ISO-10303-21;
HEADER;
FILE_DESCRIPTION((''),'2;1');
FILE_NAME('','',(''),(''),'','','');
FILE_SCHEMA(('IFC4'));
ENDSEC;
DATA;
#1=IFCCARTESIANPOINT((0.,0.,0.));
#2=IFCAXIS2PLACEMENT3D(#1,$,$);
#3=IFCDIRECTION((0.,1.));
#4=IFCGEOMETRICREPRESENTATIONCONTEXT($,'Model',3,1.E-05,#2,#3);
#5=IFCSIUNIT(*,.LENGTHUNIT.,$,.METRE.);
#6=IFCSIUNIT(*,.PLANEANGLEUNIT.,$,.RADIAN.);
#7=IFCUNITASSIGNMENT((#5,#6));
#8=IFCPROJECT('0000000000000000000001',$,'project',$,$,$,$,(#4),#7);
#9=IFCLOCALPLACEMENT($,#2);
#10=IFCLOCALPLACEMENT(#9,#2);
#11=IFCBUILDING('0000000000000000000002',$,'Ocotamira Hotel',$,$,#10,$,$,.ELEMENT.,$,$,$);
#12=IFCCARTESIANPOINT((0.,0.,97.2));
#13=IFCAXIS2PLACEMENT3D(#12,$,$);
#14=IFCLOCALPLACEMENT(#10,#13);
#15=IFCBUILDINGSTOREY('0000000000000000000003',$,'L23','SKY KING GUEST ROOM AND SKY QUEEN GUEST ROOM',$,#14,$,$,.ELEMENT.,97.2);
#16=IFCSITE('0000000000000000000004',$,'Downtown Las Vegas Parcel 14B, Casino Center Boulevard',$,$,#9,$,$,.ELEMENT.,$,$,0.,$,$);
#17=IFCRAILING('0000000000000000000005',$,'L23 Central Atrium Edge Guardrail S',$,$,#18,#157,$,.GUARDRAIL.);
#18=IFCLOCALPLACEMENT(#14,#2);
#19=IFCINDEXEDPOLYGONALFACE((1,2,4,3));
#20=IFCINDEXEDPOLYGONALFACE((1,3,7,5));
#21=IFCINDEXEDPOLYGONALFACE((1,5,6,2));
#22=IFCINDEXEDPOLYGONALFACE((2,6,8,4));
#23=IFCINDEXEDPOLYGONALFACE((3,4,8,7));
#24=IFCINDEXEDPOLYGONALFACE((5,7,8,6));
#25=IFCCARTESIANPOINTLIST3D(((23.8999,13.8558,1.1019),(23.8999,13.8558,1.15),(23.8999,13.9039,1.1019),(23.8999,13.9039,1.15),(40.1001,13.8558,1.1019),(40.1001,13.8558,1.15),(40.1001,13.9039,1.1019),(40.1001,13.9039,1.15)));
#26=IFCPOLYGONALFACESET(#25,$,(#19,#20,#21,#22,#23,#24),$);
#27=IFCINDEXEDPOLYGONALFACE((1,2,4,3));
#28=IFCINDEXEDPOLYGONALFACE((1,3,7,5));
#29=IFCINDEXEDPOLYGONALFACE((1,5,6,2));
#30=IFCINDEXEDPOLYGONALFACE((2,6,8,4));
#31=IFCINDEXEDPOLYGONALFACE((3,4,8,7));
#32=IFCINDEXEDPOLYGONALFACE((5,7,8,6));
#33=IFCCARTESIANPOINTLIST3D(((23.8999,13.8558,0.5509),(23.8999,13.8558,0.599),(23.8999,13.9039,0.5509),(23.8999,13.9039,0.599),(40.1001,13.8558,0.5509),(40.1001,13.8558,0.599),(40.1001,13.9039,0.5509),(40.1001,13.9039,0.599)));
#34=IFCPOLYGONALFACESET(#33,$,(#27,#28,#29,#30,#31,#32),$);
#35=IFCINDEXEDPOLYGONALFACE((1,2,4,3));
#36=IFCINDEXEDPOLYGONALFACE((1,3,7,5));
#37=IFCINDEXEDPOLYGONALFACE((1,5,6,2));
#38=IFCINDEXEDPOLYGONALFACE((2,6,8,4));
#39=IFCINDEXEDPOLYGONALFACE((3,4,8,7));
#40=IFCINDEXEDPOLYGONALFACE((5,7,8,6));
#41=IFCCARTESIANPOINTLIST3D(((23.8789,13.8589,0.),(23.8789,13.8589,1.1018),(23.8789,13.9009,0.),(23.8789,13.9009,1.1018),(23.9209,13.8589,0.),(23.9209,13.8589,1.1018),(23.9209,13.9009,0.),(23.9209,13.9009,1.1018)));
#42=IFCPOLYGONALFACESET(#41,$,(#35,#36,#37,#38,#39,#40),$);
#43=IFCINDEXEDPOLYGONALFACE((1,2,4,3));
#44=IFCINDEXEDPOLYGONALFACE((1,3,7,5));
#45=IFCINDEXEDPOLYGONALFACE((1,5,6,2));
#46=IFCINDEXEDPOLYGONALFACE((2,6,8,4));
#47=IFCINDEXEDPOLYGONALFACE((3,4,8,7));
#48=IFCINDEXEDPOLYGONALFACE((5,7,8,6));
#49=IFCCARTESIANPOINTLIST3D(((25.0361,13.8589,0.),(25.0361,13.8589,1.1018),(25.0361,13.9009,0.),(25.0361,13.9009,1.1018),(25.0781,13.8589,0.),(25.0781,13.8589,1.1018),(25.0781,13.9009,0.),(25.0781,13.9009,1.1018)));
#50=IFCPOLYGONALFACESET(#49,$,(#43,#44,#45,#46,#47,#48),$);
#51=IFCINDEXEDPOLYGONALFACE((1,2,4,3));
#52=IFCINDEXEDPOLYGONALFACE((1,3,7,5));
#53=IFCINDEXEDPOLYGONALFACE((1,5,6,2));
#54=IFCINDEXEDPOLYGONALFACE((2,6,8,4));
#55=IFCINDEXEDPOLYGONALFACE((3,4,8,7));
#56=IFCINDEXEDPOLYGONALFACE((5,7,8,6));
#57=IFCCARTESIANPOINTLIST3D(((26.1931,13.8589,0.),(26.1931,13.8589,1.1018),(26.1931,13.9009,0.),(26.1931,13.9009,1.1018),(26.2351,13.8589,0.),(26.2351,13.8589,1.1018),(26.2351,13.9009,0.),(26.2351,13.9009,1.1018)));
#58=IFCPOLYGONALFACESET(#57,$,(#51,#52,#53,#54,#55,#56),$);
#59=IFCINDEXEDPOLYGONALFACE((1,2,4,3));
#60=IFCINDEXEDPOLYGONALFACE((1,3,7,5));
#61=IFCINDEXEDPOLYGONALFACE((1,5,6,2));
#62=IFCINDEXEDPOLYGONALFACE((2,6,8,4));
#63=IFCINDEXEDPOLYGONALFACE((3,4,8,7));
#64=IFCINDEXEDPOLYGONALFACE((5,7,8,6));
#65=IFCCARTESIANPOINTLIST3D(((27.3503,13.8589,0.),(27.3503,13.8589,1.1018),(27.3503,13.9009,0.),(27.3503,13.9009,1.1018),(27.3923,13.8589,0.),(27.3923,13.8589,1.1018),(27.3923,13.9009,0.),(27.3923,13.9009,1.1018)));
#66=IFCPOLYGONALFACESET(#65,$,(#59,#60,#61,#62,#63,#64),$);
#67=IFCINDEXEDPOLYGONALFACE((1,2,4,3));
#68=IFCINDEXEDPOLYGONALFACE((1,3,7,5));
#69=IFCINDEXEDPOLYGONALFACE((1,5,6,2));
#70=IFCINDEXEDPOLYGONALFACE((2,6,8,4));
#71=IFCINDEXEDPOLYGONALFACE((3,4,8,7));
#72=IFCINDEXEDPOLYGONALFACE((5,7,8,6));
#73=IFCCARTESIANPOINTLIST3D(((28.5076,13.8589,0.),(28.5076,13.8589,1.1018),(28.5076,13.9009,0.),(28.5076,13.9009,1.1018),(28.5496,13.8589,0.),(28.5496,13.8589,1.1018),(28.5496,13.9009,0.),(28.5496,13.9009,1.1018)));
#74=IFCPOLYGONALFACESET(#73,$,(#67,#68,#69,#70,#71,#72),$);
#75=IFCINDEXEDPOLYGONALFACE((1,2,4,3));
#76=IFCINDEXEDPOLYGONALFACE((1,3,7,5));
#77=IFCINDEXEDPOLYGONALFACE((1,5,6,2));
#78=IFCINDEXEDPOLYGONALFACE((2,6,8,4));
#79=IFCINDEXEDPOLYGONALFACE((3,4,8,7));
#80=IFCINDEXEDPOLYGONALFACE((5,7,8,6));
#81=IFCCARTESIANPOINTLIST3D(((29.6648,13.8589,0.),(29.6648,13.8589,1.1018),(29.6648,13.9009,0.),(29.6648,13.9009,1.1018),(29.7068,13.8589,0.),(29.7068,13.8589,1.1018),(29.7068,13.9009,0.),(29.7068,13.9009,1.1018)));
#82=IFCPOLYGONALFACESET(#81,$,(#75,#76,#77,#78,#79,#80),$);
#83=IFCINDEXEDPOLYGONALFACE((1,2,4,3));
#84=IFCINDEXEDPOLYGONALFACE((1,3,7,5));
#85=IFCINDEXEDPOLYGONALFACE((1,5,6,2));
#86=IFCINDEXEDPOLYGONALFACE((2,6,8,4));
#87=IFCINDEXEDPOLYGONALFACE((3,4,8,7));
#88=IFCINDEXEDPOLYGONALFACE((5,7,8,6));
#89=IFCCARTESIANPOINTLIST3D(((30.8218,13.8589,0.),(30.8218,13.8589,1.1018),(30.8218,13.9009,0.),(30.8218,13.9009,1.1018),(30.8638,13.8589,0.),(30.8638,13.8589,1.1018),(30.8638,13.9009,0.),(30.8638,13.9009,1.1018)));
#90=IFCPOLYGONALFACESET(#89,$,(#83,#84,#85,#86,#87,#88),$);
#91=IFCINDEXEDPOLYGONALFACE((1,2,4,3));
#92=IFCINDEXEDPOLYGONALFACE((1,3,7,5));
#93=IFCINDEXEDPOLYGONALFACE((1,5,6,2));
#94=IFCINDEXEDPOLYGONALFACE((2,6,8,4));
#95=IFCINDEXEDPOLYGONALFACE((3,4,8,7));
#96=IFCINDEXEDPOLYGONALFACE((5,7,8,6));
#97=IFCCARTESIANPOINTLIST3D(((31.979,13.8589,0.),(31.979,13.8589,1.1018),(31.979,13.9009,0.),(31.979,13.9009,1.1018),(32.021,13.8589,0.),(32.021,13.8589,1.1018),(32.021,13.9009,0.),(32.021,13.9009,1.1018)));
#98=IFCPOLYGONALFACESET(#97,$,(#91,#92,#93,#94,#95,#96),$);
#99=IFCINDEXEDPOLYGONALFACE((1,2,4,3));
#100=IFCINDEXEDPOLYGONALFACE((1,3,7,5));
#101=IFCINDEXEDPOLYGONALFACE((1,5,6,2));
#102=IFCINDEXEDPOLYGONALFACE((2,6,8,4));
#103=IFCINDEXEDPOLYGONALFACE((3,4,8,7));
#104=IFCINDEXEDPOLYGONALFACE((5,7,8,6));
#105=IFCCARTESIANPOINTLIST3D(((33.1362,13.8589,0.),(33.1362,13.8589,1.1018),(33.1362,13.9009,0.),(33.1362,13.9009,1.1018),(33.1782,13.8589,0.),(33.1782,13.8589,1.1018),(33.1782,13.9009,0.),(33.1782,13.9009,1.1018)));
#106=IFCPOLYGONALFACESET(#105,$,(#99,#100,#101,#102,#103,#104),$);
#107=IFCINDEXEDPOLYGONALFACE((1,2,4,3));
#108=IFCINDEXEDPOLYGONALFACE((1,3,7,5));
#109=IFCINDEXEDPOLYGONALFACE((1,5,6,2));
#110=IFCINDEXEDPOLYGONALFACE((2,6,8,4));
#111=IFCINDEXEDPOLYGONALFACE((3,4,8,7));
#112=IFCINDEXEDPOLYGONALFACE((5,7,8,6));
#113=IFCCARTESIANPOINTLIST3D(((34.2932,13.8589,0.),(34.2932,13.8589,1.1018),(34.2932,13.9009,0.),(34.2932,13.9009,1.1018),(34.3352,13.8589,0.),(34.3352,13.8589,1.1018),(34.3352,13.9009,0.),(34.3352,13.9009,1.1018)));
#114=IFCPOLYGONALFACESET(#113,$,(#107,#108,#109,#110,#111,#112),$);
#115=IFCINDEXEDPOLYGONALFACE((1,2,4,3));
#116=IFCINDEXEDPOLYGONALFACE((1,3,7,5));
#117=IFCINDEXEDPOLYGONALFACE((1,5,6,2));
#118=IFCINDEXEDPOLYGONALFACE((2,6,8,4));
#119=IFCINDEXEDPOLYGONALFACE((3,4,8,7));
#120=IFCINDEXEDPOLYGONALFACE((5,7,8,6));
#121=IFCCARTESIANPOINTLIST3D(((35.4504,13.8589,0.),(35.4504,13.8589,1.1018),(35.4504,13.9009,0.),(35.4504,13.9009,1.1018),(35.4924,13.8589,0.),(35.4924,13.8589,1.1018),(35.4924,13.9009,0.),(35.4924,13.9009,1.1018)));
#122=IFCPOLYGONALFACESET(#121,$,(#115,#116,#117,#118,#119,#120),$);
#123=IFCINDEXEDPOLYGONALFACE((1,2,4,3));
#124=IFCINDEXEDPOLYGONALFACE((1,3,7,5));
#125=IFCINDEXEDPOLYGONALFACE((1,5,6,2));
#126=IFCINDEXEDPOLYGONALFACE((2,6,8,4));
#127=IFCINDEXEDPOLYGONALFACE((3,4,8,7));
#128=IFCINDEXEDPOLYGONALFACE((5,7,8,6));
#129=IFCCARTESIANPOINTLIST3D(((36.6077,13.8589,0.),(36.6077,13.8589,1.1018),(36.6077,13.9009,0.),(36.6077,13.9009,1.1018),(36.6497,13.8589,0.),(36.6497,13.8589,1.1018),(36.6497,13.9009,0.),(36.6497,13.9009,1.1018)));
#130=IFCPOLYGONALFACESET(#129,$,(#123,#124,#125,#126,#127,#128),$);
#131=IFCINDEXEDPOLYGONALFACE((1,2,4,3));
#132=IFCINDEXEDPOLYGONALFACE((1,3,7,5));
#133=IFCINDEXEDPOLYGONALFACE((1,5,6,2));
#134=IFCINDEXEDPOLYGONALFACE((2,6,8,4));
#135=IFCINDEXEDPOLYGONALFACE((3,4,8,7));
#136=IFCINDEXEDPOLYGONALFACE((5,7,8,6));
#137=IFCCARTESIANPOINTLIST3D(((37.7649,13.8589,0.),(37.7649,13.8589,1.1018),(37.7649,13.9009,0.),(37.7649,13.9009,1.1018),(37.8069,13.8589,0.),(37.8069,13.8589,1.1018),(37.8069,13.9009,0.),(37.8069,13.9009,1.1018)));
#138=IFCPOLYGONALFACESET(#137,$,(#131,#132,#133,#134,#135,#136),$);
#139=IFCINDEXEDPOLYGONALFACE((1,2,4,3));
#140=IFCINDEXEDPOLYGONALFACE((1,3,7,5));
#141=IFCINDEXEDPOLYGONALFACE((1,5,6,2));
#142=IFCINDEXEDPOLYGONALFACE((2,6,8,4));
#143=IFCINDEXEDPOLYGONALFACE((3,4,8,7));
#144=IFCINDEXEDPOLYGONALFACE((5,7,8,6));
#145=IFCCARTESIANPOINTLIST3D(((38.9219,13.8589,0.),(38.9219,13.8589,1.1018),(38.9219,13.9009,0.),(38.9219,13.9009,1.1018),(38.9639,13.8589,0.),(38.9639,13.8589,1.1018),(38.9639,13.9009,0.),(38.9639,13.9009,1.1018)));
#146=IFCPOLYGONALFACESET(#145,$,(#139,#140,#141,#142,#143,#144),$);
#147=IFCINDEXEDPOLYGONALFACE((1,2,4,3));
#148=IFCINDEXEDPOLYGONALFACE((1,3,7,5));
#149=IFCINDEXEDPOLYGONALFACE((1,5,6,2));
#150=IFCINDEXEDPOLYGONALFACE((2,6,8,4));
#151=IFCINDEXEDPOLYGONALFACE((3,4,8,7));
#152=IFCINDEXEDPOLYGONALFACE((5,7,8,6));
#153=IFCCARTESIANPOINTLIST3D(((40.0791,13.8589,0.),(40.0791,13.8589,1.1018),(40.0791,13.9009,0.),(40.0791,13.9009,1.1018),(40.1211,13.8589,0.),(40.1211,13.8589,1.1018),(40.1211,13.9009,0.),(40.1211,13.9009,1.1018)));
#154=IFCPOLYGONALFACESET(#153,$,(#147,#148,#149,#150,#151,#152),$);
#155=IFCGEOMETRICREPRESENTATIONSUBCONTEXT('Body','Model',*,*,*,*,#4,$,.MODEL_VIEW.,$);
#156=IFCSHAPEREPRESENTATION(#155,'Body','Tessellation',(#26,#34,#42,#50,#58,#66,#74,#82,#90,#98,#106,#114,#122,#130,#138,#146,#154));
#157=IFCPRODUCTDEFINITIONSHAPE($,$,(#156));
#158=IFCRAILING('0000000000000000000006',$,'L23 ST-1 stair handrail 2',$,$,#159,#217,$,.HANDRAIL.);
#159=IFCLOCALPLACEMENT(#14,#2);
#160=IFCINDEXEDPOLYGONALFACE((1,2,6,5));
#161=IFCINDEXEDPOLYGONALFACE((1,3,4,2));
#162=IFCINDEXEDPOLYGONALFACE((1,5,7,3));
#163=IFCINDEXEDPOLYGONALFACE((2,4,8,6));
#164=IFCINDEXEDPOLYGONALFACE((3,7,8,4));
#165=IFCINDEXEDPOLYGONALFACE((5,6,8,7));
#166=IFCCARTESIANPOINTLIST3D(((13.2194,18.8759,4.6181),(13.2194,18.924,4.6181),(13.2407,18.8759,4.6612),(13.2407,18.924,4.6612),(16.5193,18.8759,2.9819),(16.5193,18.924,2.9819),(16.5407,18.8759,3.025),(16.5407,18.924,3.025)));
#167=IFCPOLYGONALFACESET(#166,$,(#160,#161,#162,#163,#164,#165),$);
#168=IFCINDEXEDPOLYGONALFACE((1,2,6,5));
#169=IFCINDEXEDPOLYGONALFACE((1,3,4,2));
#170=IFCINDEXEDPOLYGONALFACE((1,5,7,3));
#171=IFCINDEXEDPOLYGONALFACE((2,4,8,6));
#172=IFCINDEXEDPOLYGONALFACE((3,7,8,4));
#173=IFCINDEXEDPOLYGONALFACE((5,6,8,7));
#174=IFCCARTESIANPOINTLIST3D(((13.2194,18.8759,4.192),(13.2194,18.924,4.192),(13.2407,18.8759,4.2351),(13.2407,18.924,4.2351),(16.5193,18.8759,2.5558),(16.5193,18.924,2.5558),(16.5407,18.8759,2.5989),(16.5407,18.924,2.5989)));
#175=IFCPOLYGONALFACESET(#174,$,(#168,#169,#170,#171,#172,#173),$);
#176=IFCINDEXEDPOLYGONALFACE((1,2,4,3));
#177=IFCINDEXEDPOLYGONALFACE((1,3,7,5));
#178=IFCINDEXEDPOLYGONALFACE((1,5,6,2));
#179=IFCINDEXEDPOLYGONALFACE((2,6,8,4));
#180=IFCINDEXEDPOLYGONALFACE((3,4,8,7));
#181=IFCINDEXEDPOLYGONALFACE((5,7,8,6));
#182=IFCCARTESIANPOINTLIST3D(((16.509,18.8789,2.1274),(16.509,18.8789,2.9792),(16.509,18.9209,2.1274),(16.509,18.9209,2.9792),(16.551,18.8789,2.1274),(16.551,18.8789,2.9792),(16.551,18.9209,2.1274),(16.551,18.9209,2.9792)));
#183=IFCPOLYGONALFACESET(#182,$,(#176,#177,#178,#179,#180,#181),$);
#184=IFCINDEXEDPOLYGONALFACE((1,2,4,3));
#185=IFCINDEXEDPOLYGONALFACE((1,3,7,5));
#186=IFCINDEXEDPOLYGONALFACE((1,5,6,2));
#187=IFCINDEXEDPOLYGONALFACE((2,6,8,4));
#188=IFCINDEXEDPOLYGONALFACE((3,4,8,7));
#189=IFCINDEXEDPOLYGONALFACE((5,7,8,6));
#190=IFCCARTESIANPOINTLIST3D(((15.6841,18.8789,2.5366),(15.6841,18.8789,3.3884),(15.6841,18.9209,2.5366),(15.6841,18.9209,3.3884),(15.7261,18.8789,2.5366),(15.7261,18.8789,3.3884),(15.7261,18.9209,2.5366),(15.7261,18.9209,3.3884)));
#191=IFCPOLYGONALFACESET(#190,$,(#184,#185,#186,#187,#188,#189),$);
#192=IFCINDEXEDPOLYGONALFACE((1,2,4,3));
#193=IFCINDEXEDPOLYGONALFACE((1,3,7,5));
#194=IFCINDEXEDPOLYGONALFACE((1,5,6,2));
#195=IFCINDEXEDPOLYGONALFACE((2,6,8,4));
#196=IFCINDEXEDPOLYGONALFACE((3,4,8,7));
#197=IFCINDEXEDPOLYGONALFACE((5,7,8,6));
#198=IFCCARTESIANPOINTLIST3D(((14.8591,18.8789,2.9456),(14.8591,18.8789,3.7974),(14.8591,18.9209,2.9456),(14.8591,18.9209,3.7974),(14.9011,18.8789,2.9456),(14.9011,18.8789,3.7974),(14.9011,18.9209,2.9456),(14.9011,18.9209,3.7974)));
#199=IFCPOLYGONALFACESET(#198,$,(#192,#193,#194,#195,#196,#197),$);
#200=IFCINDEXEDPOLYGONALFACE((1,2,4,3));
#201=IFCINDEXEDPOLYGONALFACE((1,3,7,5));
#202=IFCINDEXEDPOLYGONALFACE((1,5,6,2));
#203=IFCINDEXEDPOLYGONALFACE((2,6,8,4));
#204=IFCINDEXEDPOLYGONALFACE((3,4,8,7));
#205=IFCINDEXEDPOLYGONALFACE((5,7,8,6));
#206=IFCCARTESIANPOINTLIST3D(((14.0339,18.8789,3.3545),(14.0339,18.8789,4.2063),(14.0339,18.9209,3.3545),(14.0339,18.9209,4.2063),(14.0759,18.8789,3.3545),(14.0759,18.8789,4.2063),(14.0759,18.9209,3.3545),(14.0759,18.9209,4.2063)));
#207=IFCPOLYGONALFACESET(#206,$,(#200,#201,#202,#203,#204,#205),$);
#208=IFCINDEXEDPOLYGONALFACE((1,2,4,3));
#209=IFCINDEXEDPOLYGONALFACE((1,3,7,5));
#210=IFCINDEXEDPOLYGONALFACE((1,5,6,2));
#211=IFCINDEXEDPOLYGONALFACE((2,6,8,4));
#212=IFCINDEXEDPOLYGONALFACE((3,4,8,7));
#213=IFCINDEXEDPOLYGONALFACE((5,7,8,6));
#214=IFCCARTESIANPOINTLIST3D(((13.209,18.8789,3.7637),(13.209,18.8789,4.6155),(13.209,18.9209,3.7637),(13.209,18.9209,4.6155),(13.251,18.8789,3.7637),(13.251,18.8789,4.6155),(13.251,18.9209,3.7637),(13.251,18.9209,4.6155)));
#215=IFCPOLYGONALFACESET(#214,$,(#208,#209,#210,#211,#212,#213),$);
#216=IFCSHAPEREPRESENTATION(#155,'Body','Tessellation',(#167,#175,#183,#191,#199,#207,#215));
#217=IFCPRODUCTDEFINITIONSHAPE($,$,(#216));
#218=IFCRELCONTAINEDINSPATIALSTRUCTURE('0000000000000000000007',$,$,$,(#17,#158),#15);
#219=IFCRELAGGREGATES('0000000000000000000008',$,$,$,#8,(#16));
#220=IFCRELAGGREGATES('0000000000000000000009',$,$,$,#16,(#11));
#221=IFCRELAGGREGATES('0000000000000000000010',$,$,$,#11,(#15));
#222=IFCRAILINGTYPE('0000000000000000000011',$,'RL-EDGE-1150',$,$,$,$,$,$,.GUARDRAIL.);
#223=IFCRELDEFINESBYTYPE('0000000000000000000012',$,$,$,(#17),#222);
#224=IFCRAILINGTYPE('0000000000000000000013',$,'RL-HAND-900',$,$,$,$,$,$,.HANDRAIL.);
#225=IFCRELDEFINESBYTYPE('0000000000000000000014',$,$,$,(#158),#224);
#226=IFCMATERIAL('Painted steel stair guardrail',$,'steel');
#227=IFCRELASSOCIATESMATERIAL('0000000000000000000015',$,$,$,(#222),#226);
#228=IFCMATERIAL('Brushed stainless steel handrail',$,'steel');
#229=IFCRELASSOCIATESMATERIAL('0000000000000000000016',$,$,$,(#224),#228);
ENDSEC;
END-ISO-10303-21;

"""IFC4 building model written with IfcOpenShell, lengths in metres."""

from ifc_helpers import new_model, si_unit, direction, frame, origin, origin_2d, place, context, subcontext, project, spatial, rectangle, extrude, material, type_object, element, save


model = new_model("IFC4")

# Units and contexts
model_context = context("Model", 3, precision=1e-05, world=origin(), true_north=direction((0.0, 1.0)))
body_context = subcontext(model_context, "Body", "Model", "MODEL_VIEW")
ifc_project = project(units=[si_unit("LENGTHUNIT", "METRE"), si_unit("PLANEANGLEUNIT", "RADIAN")], contexts=[model_context])

# Site, building, storey
site_placement = place(None, origin())
site = spatial("IfcSite", under=ifc_project, at=site_placement, Name="Downtown Las Vegas Parcel 14B, Casino Center Boulevard", CompositionType="ELEMENT", RefElevation=0.0)
building_placement = place(site_placement, origin())
building = spatial("IfcBuilding", under=site, at=building_placement, Name="Ocotamira Hotel", CompositionType="ELEMENT")
storey_placement = place(building_placement, frame((0.0, 0.0, 97.2)))
storey = spatial("IfcBuildingStorey", under=building, at=storey_placement, Name="L23", Description="SKY KING GUEST ROOM AND SKY QUEEN GUEST ROOM", CompositionType="ELEMENT", Elevation=97.2)

# Railings
ifc_material_1 = material(Name="Painted steel stair guardrail", Category="steel")
railing_type_1 = type_object("IfcRailingType", Name="RL-EDGE-1150", PredefinedType="GUARDRAIL", material=ifc_material_1)
railing_1_placement = place(storey_placement, frame((23.8999, 13.8799, 0.0)))
element("IfcRailing", 1, at=railing_1_placement, inside=storey, type_object=railing_type_1, Name="L23 Central Atrium Edge Guardrail S", PredefinedType="GUARDRAIL", context=body_context, shape_type="SweptSolid", body=[
    extrude(rectangle(XDim=0.0481, YDim=0.0481, at=origin_2d()), frame((0.0, 0.0, 1.126), z_axis=(1.0, 0.0, 0.0), x_axis=(0.0, 1.0, 0.0)), (0.0, 0.0, 1.0), 16.2002),
    extrude(rectangle(XDim=0.0481, YDim=0.0481, at=origin_2d()), frame((0.0, 0.0, 0.575), z_axis=(1.0, 0.0, 0.0), x_axis=(0.0, 1.0, 0.0)), (0.0, 0.0, 1.0), 16.2002),
    extrude(rectangle(XDim=0.042, YDim=0.042, at=origin_2d()), origin(), (0.0, 0.0, 1.0), 1.1018),
    extrude(rectangle(XDim=0.042, YDim=0.042, at=origin_2d()), frame((1.1572, 0.0, 0.0)), (0.0, 0.0, 1.0), 1.1018),
    extrude(rectangle(XDim=0.042, YDim=0.042, at=origin_2d()), frame((2.3142, 0.0, 0.0)), (0.0, 0.0, 1.0), 1.1018),
    extrude(rectangle(XDim=0.042, YDim=0.042, at=origin_2d()), frame((3.4714, 0.0, 0.0)), (0.0, 0.0, 1.0), 1.1018),
    extrude(rectangle(XDim=0.042, YDim=0.042, at=origin_2d()), frame((4.6287, 0.0, 0.0)), (0.0, 0.0, 1.0), 1.1018),
    extrude(rectangle(XDim=0.042, YDim=0.042, at=origin_2d()), frame((5.7859, 0.0, 0.0)), (0.0, 0.0, 1.0), 1.1018),
    extrude(rectangle(XDim=0.042, YDim=0.042, at=origin_2d()), frame((6.9429, 0.0, 0.0)), (0.0, 0.0, 1.0), 1.1018),
    extrude(rectangle(XDim=0.042, YDim=0.042, at=origin_2d()), frame((8.1001, 0.0, 0.0)), (0.0, 0.0, 1.0), 1.1018),
    extrude(rectangle(XDim=0.042, YDim=0.042, at=origin_2d()), frame((9.2573, 0.0, 0.0)), (0.0, 0.0, 1.0), 1.1018),
    extrude(rectangle(XDim=0.042, YDim=0.042, at=origin_2d()), frame((10.4143, 0.0, 0.0)), (0.0, 0.0, 1.0), 1.1018),
    extrude(rectangle(XDim=0.042, YDim=0.042, at=origin_2d()), frame((11.5715, 0.0, 0.0)), (0.0, 0.0, 1.0), 1.1018),
    extrude(rectangle(XDim=0.042, YDim=0.042, at=origin_2d()), frame((12.7288, 0.0, 0.0)), (0.0, 0.0, 1.0), 1.1018),
    extrude(rectangle(XDim=0.042, YDim=0.042, at=origin_2d()), frame((13.886, 0.0, 0.0)), (0.0, 0.0, 1.0), 1.1018),
    extrude(rectangle(XDim=0.042, YDim=0.042, at=origin_2d()), frame((15.043, 0.0, 0.0)), (0.0, 0.0, 1.0), 1.1018),
    extrude(rectangle(XDim=0.042, YDim=0.042, at=origin_2d()), frame((16.2002, 0.0, 0.0)), (0.0, 0.0, 1.0), 1.1018),
])
ifc_material_2 = material(Name="Brushed stainless steel handrail", Category="steel")
railing_type_2 = type_object("IfcRailingType", Name="RL-HAND-900", PredefinedType="HANDRAIL", material=ifc_material_2)
railing_2_placement = place(storey_placement, frame((16.53, 18.8999, 2.1274)))
element("IfcRailing", 2, at=railing_2_placement, inside=storey, type_object=railing_type_2, Name="L23 ST-1 stair handrail 2", PredefinedType="HANDRAIL", context=body_context, shape_type="SweptSolid", body=[
    extrude(rectangle(XDim=0.0481, YDim=0.0481, at=origin_2d()), frame((0.0, 0.0, 0.876), z_axis=(-0.89592, 0.0, 0.444215), x_axis=(0.0, -1.0, 0.0)), (0.0, 0.0, 1.0), 3.6833),
    extrude(rectangle(XDim=0.0481, YDim=0.0481, at=origin_2d()), frame((0.0, 0.0, 0.45), z_axis=(-0.89592, 0.0, 0.444215), x_axis=(0.0, -1.0, 0.0)), (0.0, 0.0, 1.0), 3.6833),
    extrude(rectangle(XDim=0.042, YDim=0.042, at=origin_2d()), origin(), (0.0, 0.0, 1.0), 0.8518),
    extrude(rectangle(XDim=0.042, YDim=0.042, at=origin_2d()), frame((-0.825, 0.0, 0.4092)), (0.0, 0.0, 1.0), 0.8518),
    extrude(rectangle(XDim=0.042, YDim=0.042, at=origin_2d()), frame((-1.6499, 0.0, 0.8181)), (0.0, 0.0, 1.0), 0.8518),
    extrude(rectangle(XDim=0.042, YDim=0.042, at=origin_2d()), frame((-2.4751, 0.0, 1.2271)), (0.0, 0.0, 1.0), 0.8518),
    extrude(rectangle(XDim=0.042, YDim=0.042, at=origin_2d()), frame((-3.3, 0.0, 1.6362)), (0.0, 0.0, 1.0), 0.8518),
])

save(model, "model.ifc")
